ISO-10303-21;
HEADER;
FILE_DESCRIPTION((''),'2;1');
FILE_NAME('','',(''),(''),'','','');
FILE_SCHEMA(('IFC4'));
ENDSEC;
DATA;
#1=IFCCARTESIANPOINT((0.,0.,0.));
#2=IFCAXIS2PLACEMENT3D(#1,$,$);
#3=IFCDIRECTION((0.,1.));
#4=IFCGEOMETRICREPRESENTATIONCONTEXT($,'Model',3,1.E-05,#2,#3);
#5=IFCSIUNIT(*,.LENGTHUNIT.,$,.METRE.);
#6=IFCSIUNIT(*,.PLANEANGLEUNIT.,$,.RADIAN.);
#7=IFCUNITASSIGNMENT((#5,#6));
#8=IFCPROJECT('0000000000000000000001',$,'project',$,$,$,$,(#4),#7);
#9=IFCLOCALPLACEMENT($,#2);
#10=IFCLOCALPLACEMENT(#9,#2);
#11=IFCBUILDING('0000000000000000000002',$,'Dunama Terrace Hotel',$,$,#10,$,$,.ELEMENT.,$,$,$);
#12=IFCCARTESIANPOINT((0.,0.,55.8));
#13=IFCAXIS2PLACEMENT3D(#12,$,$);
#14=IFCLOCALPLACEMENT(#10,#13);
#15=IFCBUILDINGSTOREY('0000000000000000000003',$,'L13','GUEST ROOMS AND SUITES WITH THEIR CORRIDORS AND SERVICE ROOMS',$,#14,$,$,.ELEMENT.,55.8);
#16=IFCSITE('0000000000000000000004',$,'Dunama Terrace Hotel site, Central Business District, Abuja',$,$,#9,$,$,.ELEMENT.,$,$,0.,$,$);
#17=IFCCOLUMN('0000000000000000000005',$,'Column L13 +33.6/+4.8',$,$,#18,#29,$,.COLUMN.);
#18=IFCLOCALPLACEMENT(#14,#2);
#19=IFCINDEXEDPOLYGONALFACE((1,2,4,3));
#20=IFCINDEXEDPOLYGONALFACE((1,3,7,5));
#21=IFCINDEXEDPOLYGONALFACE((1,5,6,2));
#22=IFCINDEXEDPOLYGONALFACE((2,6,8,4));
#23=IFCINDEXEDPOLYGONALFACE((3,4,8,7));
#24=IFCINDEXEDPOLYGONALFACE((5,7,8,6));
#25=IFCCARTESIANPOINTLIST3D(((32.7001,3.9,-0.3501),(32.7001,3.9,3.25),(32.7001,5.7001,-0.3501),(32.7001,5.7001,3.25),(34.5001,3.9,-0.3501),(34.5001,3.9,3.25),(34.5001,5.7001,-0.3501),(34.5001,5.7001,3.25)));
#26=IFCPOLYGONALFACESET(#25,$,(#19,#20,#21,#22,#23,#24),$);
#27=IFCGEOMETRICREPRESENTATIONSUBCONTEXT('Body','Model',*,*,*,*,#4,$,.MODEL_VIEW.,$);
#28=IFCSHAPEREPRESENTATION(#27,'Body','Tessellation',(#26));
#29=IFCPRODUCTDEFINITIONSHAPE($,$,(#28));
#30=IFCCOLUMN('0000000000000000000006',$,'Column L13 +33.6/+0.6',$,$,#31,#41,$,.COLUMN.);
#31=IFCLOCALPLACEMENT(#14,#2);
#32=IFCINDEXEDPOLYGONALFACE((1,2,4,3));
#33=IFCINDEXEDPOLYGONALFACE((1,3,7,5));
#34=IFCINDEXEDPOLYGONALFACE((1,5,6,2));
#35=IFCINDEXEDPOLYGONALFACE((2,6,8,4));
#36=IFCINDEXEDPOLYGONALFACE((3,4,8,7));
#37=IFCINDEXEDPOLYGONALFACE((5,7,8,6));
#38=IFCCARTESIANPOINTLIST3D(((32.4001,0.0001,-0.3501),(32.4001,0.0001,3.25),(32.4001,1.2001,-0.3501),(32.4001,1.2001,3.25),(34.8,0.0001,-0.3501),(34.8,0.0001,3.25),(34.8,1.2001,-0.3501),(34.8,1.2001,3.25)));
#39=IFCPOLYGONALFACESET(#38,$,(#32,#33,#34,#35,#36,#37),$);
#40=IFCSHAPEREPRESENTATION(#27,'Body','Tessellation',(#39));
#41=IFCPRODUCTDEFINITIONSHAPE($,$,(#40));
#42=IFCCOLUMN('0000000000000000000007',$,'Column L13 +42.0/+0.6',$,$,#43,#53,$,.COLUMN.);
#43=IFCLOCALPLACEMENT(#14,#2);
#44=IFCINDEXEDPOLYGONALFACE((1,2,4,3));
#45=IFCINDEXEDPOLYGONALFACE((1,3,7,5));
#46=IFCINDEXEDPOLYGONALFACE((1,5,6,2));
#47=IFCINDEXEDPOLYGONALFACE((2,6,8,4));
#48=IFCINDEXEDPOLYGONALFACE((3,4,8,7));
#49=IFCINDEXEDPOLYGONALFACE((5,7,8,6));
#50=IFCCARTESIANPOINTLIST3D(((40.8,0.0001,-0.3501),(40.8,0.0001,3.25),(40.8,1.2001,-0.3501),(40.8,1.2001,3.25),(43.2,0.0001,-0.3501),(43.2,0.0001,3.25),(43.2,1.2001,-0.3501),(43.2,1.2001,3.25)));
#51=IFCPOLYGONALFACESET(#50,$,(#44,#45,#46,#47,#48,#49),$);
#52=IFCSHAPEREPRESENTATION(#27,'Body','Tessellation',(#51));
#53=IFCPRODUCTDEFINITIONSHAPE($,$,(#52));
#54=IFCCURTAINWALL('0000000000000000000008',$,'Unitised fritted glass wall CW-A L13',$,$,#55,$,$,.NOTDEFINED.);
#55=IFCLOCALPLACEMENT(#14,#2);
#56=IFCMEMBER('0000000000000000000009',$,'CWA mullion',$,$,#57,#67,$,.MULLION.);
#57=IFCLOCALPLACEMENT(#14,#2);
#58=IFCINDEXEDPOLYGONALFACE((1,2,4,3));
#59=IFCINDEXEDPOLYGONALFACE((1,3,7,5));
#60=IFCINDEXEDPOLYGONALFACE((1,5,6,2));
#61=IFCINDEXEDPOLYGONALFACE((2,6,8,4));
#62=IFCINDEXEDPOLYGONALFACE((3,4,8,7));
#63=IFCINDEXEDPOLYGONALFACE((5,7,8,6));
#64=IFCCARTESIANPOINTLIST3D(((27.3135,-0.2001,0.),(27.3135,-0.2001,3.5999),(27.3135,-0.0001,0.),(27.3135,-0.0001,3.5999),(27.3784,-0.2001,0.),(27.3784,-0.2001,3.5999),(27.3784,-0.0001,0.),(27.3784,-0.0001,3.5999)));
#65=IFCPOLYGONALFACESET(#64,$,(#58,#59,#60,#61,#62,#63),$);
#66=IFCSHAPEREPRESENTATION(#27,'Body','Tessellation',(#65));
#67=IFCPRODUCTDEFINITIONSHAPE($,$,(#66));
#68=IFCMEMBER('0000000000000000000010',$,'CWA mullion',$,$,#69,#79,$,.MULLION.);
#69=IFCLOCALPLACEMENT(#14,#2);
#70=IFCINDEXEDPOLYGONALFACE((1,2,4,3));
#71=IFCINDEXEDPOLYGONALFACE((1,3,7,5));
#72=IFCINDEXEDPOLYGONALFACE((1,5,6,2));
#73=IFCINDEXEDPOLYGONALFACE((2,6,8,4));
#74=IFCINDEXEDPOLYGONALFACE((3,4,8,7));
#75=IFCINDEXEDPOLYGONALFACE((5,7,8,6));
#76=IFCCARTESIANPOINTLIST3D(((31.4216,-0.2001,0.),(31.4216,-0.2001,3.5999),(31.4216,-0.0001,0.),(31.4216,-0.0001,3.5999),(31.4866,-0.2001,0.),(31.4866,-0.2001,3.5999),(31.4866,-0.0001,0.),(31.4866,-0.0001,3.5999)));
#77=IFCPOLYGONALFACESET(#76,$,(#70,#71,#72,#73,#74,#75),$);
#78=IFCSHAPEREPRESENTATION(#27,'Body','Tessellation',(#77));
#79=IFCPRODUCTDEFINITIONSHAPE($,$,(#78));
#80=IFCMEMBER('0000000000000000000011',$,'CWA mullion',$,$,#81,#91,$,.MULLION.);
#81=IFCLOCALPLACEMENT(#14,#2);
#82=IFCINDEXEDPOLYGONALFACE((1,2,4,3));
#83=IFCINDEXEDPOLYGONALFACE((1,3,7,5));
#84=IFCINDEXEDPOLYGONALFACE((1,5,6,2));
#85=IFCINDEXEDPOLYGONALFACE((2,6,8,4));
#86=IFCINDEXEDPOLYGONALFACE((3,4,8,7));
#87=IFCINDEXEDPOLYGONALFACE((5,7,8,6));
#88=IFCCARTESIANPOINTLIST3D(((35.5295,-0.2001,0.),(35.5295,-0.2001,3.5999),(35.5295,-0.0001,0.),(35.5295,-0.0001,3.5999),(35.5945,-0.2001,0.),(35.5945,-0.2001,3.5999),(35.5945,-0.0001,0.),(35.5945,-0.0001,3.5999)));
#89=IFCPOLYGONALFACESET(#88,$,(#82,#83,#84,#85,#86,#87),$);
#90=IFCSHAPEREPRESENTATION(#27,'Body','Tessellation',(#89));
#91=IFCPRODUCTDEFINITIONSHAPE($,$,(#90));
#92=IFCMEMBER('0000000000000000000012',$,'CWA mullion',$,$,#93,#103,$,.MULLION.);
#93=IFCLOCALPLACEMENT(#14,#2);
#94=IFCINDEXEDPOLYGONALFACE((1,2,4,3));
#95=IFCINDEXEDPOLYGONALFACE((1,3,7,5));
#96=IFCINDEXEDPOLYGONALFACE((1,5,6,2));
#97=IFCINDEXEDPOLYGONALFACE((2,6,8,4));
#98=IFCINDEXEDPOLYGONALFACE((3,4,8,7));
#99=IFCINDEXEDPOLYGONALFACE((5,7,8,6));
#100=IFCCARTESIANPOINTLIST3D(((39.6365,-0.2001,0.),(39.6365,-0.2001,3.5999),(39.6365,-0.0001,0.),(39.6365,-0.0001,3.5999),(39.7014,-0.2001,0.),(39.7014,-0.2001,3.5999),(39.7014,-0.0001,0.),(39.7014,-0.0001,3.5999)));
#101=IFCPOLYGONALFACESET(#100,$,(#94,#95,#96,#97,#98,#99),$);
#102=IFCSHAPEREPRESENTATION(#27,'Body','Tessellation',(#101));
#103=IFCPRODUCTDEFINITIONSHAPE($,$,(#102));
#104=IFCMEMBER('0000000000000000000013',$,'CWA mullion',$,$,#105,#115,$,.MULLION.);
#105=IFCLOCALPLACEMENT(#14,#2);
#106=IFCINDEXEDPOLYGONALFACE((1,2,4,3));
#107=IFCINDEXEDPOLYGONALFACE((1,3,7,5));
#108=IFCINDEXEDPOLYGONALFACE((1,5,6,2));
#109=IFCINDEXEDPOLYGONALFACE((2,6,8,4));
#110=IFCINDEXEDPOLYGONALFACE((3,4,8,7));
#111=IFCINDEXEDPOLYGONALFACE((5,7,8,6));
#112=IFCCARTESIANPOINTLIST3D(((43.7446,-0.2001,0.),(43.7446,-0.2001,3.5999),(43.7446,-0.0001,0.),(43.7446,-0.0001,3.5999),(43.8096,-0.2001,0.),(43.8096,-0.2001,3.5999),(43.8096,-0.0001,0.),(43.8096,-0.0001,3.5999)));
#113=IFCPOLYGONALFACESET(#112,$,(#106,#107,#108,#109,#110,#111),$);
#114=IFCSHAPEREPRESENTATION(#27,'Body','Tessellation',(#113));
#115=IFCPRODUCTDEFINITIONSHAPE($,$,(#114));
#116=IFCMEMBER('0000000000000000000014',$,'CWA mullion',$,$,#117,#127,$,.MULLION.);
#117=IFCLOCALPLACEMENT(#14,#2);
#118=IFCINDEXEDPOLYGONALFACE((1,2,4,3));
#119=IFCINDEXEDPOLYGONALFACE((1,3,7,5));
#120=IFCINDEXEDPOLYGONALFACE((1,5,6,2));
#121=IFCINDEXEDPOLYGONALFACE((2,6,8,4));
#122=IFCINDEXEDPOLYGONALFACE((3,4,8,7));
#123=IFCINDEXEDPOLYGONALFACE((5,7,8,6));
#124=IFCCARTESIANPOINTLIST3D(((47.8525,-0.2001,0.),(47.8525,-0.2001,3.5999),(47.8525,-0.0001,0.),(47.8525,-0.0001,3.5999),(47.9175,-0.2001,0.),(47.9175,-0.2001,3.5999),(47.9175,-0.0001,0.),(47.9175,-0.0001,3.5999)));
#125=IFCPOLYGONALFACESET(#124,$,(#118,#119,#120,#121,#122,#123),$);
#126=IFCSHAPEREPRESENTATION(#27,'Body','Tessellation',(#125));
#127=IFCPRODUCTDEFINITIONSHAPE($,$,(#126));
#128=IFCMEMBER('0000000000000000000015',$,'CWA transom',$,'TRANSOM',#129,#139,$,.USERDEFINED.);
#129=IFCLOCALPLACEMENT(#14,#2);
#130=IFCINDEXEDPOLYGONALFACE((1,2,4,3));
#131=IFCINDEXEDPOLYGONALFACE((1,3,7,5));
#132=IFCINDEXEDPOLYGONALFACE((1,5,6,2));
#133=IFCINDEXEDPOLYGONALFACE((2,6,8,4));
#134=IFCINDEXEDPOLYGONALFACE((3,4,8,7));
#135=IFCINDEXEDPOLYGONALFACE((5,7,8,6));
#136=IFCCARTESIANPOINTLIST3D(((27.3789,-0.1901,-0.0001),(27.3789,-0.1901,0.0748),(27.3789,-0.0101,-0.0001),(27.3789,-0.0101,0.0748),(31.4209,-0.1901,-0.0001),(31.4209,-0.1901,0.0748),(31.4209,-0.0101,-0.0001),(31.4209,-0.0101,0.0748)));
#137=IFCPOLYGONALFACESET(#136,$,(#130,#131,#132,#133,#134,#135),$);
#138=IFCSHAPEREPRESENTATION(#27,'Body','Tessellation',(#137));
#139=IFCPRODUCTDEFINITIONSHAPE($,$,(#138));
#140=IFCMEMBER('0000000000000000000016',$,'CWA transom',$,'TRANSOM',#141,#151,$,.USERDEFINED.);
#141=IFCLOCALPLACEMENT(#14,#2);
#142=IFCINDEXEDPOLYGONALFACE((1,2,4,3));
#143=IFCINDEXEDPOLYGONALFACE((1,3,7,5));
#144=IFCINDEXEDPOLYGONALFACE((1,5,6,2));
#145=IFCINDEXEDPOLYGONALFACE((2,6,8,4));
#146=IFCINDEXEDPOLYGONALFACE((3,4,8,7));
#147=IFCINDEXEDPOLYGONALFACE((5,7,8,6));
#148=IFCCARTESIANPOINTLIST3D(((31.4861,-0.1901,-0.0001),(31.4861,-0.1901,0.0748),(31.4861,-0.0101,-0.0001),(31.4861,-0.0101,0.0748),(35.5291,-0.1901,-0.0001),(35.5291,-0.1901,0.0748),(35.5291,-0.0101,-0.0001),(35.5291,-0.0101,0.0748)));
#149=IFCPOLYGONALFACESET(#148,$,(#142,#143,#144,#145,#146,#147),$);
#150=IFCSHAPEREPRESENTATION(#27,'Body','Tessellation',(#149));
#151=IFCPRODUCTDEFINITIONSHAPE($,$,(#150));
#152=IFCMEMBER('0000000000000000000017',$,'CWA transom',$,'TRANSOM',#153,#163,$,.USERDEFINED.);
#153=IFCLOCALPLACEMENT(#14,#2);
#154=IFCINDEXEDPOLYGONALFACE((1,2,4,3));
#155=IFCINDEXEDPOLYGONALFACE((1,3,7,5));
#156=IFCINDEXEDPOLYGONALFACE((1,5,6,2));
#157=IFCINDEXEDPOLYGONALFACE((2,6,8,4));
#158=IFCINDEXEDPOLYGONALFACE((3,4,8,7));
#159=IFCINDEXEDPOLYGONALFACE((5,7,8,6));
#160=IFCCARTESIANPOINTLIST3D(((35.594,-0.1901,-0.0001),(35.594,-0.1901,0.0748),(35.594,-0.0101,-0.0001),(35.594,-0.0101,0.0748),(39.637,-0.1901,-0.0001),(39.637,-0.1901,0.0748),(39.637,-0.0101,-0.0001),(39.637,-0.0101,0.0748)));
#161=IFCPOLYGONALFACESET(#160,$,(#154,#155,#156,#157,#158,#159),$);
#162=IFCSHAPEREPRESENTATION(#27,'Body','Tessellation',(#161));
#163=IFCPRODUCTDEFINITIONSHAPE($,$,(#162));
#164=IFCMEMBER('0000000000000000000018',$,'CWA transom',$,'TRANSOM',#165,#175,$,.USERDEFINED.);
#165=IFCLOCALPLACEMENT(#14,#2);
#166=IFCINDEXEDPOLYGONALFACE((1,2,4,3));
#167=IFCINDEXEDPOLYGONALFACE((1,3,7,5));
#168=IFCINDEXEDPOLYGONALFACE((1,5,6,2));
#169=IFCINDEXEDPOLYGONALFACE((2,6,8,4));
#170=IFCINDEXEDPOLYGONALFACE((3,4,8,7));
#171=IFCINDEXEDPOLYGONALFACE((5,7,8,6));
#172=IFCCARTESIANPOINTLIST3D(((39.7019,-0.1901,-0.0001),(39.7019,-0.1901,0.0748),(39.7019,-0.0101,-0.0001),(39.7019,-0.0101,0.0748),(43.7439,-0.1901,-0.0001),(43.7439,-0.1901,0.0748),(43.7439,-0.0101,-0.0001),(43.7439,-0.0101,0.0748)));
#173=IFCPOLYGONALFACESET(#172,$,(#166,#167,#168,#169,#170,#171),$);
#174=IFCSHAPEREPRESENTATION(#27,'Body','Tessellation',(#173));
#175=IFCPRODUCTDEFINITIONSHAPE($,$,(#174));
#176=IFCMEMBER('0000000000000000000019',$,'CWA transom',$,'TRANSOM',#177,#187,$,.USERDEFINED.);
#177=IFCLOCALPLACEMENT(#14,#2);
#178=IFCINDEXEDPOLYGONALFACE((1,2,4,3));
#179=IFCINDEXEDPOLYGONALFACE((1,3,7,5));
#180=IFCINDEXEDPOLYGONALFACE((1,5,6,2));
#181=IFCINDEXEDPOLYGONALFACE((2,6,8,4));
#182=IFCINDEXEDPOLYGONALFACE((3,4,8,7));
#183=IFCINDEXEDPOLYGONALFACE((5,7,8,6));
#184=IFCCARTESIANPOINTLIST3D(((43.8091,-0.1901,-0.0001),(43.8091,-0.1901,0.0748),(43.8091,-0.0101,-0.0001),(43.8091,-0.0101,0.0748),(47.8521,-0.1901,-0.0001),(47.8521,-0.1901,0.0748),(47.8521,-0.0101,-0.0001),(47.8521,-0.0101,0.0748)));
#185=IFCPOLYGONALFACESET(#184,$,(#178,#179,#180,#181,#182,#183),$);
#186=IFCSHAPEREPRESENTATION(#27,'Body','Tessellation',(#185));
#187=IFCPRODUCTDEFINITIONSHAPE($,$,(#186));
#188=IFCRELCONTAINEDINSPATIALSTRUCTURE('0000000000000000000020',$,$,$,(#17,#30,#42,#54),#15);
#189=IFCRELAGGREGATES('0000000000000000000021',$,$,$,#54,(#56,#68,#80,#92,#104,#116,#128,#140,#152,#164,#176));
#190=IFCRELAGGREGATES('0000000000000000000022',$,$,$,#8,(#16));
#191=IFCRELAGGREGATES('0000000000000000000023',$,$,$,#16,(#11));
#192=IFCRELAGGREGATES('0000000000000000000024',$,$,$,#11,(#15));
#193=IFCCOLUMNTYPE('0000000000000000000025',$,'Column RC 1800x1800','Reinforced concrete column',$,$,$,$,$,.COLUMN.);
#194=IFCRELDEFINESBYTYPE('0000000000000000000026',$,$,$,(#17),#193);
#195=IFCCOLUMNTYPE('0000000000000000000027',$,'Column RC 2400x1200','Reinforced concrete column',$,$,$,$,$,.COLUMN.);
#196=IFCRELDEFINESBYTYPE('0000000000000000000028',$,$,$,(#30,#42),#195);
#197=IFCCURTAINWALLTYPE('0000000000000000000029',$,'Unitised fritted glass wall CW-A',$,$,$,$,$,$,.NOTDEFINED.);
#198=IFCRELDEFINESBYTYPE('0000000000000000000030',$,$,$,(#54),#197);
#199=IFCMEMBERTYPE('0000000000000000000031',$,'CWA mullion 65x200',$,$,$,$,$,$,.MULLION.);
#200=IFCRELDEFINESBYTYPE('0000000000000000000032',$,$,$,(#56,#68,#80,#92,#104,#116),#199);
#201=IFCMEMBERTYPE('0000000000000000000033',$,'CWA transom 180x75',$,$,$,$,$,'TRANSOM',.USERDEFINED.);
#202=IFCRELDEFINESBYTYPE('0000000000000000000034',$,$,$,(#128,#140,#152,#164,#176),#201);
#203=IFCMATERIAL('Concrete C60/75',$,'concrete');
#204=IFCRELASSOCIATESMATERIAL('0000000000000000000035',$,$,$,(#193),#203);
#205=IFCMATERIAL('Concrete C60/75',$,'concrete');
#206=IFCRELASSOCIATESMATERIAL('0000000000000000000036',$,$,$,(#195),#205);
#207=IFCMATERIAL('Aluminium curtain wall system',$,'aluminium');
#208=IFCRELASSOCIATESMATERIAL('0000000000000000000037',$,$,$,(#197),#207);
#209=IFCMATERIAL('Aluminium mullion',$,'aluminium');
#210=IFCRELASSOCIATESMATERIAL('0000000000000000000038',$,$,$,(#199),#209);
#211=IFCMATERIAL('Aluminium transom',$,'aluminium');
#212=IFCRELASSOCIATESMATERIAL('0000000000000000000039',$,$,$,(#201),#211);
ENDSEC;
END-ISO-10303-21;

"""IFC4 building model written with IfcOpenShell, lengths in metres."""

from ifc_helpers import new_model, si_unit, direction, frame, origin, origin_2d, place, context, subcontext, project, spatial, rectangle, extrude, material, material_profile, profile_set, type_object, element, aggregate, save


model = new_model("IFC4")

# Units and contexts
model_context = context("Model", 3, precision=1e-05, world=origin(), true_north=direction((0.0, 1.0)))
body_context = subcontext(model_context, "Body", "Model", "MODEL_VIEW")
ifc_project = project(units=[si_unit("LENGTHUNIT", "METRE"), si_unit("PLANEANGLEUNIT", "RADIAN")], contexts=[model_context])

# Site, building, storey
site_placement = place(None, origin())
site = spatial("IfcSite", under=ifc_project, at=site_placement, Name="Dunama Terrace Hotel site, Central Business District, Abuja", CompositionType="ELEMENT", RefElevation=0.0)
building_placement = place(site_placement, origin())
building = spatial("IfcBuilding", under=site, at=building_placement, Name="Dunama Terrace Hotel", CompositionType="ELEMENT")
storey_placement = place(building_placement, frame((0.0, 0.0, 55.8)))
storey = spatial("IfcBuildingStorey", under=building, at=storey_placement, Name="L13", Description="GUEST ROOMS AND SUITES WITH THEIR CORRIDORS AND SERVICE ROOMS", CompositionType="ELEMENT", Elevation=55.8)

# Columns
ifc_material_1 = material(Name="Concrete C60/75", Category="concrete")
ifc_material_profile_1 = material_profile(ifc_material_1, rectangle(XDim=1.8, YDim=1.8, at=origin_2d()), Name="RC 1800x1800")
ifc_profile_set_1 = profile_set([ifc_material_profile_1], Name="Concrete C60/75")
column_type_1 = type_object("IfcColumnType", Name="Column RC 1800x1800", Description="Reinforced concrete column", PredefinedType="COLUMN", material=ifc_profile_set_1)
column_placement = place(storey_placement, frame((33.6001, 4.8, -0.3501), z_axis=(0.0, 0.0, 1.0), x_axis=(1.0, 0.0, 0.0)))
element("IfcColumn", 1, at=column_placement, inside=storey, type_object=column_type_1, Name="Column L13 +33.6/+4.8", PredefinedType="COLUMN", context=body_context, shape_type="SweptSolid", body=[
    extrude(rectangle(XDim=1.8, YDim=1.8, at=origin_2d()), origin(), (0.0, 0.0, 1.0), 3.6001),
])
ifc_material_2 = material(Name="Concrete C60/75", Category="concrete")
ifc_material_profile_2 = material_profile(ifc_material_2, rectangle(XDim=2.3999, YDim=1.2, at=origin_2d()), Name="RC 2400x1200")
ifc_profile_set_2 = profile_set([ifc_material_profile_2], Name="Concrete C60/75")
column_type_2 = type_object("IfcColumnType", Name="Column RC 2400x1200", Description="Reinforced concrete column", PredefinedType="COLUMN", material=ifc_profile_set_2)
for number, where, z_axis, x_axis, name in (
    (2, (33.6001, 0.6001, -0.3501), (0.0, 0.0, 1.0), (1.0, 0.0, 0.0), "Column L13 +33.6/+0.6"),
    (3, (42.0, 0.6001, -0.3501), (0.0, 0.0, 1.0), (1.0, 0.0, 0.0), "Column L13 +42.0/+0.6"),
):
    element("IfcColumn", number, at=place(storey_placement, frame(where, z_axis=z_axis, x_axis=x_axis)), inside=storey, type_object=column_type_2, Name=name, PredefinedType="COLUMN", context=body_context, shape_type="SweptSolid", body=[
        extrude(rectangle(XDim=2.3999, YDim=1.2, at=origin_2d()), origin(), (0.0, 0.0, 1.0), 3.6001),
    ])

# Curtain wall, members
ifc_material_3 = material(Name="Aluminium curtain wall system", Category="aluminium")
curtain_wall_type = type_object("IfcCurtainWallType", Name="Unitised fritted glass wall CW-A", PredefinedType="NOTDEFINED", material=ifc_material_3)
curtain_wall_placement = place(storey_placement, origin())
curtain_wall = element("IfcCurtainWall", 4, at=curtain_wall_placement, inside=storey, type_object=curtain_wall_type, Name="Unitised fritted glass wall CW-A L13", PredefinedType="NOTDEFINED")
ifc_material_4 = material(Name="Aluminium mullion", Category="aluminium")
ifc_material_profile_3 = material_profile(ifc_material_4, rectangle(XDim=0.0649, YDim=0.2, at=origin_2d()), Name="CWA MULLION 65X200")
ifc_profile_set_3 = profile_set([ifc_material_profile_3], Name="Aluminium mullion")
member_type_1 = type_object("IfcMemberType", Name="CWA mullion 65x200", PredefinedType="MULLION", material=ifc_profile_set_3)
member_1_placement = place(storey_placement, frame((27.3459, -0.1001, 0.0), z_axis=(0.0, 0.0, 1.0), x_axis=(1.0, 0.0, 0.0)))
member_1 = element("IfcMember", 5, at=member_1_placement, type_object=member_type_1, Name="CWA mullion", PredefinedType="MULLION", context=body_context, shape_type="SweptSolid", body=[
    extrude(rectangle(XDim=0.0649, YDim=0.2, at=origin_2d()), origin(), (0.0, 0.0, 1.0), 3.5999),
])
member_2_placement = place(storey_placement, frame((31.4541, -0.1001, 0.0), z_axis=(0.0, 0.0, 1.0), x_axis=(1.0, 0.0, 0.0)))
member_2 = element("IfcMember", 6, at=member_2_placement, type_object=member_type_1, Name="CWA mullion", PredefinedType="MULLION", context=body_context, shape_type="SweptSolid", body=[
    extrude(rectangle(XDim=0.0649, YDim=0.2, at=origin_2d()), origin(), (0.0, 0.0, 1.0), 3.5999),
])
member_3_placement = place(storey_placement, frame((35.562, -0.1001, 0.0), z_axis=(0.0, 0.0, 1.0), x_axis=(1.0, 0.0, 0.0)))
member_3 = element("IfcMember", 7, at=member_3_placement, type_object=member_type_1, Name="CWA mullion", PredefinedType="MULLION", context=body_context, shape_type="SweptSolid", body=[
    extrude(rectangle(XDim=0.0649, YDim=0.2, at=origin_2d()), origin(), (0.0, 0.0, 1.0), 3.5999),
])
member_4_placement = place(storey_placement, frame((39.6689, -0.1001, 0.0), z_axis=(0.0, 0.0, 1.0), x_axis=(1.0, 0.0, 0.0)))
member_4 = element("IfcMember", 8, at=member_4_placement, type_object=member_type_1, Name="CWA mullion", PredefinedType="MULLION", context=body_context, shape_type="SweptSolid", body=[
    extrude(rectangle(XDim=0.0649, YDim=0.2, at=origin_2d()), origin(), (0.0, 0.0, 1.0), 3.5999),
])
member_5_placement = place(storey_placement, frame((43.7771, -0.1001, 0.0), z_axis=(0.0, 0.0, 1.0), x_axis=(1.0, 0.0, 0.0)))
member_5 = element("IfcMember", 9, at=member_5_placement, type_object=member_type_1, Name="CWA mullion", PredefinedType="MULLION", context=body_context, shape_type="SweptSolid", body=[
    extrude(rectangle(XDim=0.0649, YDim=0.2, at=origin_2d()), origin(), (0.0, 0.0, 1.0), 3.5999),
])
member_6_placement = place(storey_placement, frame((47.885, -0.1001, 0.0), z_axis=(0.0, 0.0, 1.0), x_axis=(1.0, 0.0, 0.0)))
member_6 = element("IfcMember", 10, at=member_6_placement, type_object=member_type_1, Name="CWA mullion", PredefinedType="MULLION", context=body_context, shape_type="SweptSolid", body=[
    extrude(rectangle(XDim=0.0649, YDim=0.2, at=origin_2d()), origin(), (0.0, 0.0, 1.0), 3.5999),
])
ifc_material_5 = material(Name="Aluminium transom", Category="aluminium")
ifc_material_profile_4 = material_profile(ifc_material_5, rectangle(XDim=0.1799, YDim=0.075, at=origin_2d()), Name="CWA TRANSOM 180X75")
ifc_profile_set_4 = profile_set([ifc_material_profile_4], Name="Aluminium transom")
member_type_2 = type_object("IfcMemberType", Name="CWA transom 180x75", ElementType="TRANSOM", PredefinedType="USERDEFINED", material=ifc_profile_set_4)
member_7_placement = place(storey_placement, frame((27.3789, -0.1001, 0.0374), z_axis=(1.0, 0.0, 0.0), x_axis=(0.0, 1.0, 0.0)))
member_7 = element("IfcMember", 11, at=member_7_placement, type_object=member_type_2, Name="CWA transom", ObjectType="TRANSOM", PredefinedType="USERDEFINED", context=body_context, shape_type="SweptSolid", body=[
    extrude(rectangle(XDim=0.1799, YDim=0.075, at=origin_2d()), origin(), (0.0, 0.0, 1.0), 4.042),
])
member_8_placement = place(storey_placement, frame((31.4861, -0.1001, 0.0374), z_axis=(1.0, 0.0, 0.0), x_axis=(0.0, 1.0, 0.0)))
member_8 = element("IfcMember", 12, at=member_8_placement, type_object=member_type_2, Name="CWA transom", ObjectType="TRANSOM", PredefinedType="USERDEFINED", context=body_context, shape_type="SweptSolid", body=[
    extrude(rectangle(XDim=0.1799, YDim=0.075, at=origin_2d()), origin(), (0.0, 0.0, 1.0), 4.043),
])
member_9_placement = place(storey_placement, frame((35.594, -0.1001, 0.0374), z_axis=(1.0, 0.0, 0.0), x_axis=(0.0, 1.0, 0.0)))
member_9 = element("IfcMember", 13, at=member_9_placement, type_object=member_type_2, Name="CWA transom", ObjectType="TRANSOM", PredefinedType="USERDEFINED", context=body_context, shape_type="SweptSolid", body=[
    extrude(rectangle(XDim=0.1799, YDim=0.075, at=origin_2d()), origin(), (0.0, 0.0, 1.0), 4.043),
])
member_10_placement = place(storey_placement, frame((39.7019, -0.1001, 0.0374), z_axis=(1.0, 0.0, 0.0), x_axis=(0.0, 1.0, 0.0)))
member_10 = element("IfcMember", 14, at=member_10_placement, type_object=member_type_2, Name="CWA transom", ObjectType="TRANSOM", PredefinedType="USERDEFINED", context=body_context, shape_type="SweptSolid", body=[
    extrude(rectangle(XDim=0.1799, YDim=0.075, at=origin_2d()), origin(), (0.0, 0.0, 1.0), 4.042),
])
member_11_placement = place(storey_placement, frame((43.8091, -0.1001, 0.0374), z_axis=(1.0, 0.0, 0.0), x_axis=(0.0, 1.0, 0.0)))
member_11 = element("IfcMember", 15, at=member_11_placement, type_object=member_type_2, Name="CWA transom", ObjectType="TRANSOM", PredefinedType="USERDEFINED", context=body_context, shape_type="SweptSolid", body=[
    extrude(rectangle(XDim=0.1799, YDim=0.075, at=origin_2d()), origin(), (0.0, 0.0, 1.0), 4.043),
])

aggregate(curtain_wall, [member_1, member_2, member_3, member_4, member_5, member_6, member_7, member_8, member_9, member_10, member_11])

save(model, "model.ifc")
